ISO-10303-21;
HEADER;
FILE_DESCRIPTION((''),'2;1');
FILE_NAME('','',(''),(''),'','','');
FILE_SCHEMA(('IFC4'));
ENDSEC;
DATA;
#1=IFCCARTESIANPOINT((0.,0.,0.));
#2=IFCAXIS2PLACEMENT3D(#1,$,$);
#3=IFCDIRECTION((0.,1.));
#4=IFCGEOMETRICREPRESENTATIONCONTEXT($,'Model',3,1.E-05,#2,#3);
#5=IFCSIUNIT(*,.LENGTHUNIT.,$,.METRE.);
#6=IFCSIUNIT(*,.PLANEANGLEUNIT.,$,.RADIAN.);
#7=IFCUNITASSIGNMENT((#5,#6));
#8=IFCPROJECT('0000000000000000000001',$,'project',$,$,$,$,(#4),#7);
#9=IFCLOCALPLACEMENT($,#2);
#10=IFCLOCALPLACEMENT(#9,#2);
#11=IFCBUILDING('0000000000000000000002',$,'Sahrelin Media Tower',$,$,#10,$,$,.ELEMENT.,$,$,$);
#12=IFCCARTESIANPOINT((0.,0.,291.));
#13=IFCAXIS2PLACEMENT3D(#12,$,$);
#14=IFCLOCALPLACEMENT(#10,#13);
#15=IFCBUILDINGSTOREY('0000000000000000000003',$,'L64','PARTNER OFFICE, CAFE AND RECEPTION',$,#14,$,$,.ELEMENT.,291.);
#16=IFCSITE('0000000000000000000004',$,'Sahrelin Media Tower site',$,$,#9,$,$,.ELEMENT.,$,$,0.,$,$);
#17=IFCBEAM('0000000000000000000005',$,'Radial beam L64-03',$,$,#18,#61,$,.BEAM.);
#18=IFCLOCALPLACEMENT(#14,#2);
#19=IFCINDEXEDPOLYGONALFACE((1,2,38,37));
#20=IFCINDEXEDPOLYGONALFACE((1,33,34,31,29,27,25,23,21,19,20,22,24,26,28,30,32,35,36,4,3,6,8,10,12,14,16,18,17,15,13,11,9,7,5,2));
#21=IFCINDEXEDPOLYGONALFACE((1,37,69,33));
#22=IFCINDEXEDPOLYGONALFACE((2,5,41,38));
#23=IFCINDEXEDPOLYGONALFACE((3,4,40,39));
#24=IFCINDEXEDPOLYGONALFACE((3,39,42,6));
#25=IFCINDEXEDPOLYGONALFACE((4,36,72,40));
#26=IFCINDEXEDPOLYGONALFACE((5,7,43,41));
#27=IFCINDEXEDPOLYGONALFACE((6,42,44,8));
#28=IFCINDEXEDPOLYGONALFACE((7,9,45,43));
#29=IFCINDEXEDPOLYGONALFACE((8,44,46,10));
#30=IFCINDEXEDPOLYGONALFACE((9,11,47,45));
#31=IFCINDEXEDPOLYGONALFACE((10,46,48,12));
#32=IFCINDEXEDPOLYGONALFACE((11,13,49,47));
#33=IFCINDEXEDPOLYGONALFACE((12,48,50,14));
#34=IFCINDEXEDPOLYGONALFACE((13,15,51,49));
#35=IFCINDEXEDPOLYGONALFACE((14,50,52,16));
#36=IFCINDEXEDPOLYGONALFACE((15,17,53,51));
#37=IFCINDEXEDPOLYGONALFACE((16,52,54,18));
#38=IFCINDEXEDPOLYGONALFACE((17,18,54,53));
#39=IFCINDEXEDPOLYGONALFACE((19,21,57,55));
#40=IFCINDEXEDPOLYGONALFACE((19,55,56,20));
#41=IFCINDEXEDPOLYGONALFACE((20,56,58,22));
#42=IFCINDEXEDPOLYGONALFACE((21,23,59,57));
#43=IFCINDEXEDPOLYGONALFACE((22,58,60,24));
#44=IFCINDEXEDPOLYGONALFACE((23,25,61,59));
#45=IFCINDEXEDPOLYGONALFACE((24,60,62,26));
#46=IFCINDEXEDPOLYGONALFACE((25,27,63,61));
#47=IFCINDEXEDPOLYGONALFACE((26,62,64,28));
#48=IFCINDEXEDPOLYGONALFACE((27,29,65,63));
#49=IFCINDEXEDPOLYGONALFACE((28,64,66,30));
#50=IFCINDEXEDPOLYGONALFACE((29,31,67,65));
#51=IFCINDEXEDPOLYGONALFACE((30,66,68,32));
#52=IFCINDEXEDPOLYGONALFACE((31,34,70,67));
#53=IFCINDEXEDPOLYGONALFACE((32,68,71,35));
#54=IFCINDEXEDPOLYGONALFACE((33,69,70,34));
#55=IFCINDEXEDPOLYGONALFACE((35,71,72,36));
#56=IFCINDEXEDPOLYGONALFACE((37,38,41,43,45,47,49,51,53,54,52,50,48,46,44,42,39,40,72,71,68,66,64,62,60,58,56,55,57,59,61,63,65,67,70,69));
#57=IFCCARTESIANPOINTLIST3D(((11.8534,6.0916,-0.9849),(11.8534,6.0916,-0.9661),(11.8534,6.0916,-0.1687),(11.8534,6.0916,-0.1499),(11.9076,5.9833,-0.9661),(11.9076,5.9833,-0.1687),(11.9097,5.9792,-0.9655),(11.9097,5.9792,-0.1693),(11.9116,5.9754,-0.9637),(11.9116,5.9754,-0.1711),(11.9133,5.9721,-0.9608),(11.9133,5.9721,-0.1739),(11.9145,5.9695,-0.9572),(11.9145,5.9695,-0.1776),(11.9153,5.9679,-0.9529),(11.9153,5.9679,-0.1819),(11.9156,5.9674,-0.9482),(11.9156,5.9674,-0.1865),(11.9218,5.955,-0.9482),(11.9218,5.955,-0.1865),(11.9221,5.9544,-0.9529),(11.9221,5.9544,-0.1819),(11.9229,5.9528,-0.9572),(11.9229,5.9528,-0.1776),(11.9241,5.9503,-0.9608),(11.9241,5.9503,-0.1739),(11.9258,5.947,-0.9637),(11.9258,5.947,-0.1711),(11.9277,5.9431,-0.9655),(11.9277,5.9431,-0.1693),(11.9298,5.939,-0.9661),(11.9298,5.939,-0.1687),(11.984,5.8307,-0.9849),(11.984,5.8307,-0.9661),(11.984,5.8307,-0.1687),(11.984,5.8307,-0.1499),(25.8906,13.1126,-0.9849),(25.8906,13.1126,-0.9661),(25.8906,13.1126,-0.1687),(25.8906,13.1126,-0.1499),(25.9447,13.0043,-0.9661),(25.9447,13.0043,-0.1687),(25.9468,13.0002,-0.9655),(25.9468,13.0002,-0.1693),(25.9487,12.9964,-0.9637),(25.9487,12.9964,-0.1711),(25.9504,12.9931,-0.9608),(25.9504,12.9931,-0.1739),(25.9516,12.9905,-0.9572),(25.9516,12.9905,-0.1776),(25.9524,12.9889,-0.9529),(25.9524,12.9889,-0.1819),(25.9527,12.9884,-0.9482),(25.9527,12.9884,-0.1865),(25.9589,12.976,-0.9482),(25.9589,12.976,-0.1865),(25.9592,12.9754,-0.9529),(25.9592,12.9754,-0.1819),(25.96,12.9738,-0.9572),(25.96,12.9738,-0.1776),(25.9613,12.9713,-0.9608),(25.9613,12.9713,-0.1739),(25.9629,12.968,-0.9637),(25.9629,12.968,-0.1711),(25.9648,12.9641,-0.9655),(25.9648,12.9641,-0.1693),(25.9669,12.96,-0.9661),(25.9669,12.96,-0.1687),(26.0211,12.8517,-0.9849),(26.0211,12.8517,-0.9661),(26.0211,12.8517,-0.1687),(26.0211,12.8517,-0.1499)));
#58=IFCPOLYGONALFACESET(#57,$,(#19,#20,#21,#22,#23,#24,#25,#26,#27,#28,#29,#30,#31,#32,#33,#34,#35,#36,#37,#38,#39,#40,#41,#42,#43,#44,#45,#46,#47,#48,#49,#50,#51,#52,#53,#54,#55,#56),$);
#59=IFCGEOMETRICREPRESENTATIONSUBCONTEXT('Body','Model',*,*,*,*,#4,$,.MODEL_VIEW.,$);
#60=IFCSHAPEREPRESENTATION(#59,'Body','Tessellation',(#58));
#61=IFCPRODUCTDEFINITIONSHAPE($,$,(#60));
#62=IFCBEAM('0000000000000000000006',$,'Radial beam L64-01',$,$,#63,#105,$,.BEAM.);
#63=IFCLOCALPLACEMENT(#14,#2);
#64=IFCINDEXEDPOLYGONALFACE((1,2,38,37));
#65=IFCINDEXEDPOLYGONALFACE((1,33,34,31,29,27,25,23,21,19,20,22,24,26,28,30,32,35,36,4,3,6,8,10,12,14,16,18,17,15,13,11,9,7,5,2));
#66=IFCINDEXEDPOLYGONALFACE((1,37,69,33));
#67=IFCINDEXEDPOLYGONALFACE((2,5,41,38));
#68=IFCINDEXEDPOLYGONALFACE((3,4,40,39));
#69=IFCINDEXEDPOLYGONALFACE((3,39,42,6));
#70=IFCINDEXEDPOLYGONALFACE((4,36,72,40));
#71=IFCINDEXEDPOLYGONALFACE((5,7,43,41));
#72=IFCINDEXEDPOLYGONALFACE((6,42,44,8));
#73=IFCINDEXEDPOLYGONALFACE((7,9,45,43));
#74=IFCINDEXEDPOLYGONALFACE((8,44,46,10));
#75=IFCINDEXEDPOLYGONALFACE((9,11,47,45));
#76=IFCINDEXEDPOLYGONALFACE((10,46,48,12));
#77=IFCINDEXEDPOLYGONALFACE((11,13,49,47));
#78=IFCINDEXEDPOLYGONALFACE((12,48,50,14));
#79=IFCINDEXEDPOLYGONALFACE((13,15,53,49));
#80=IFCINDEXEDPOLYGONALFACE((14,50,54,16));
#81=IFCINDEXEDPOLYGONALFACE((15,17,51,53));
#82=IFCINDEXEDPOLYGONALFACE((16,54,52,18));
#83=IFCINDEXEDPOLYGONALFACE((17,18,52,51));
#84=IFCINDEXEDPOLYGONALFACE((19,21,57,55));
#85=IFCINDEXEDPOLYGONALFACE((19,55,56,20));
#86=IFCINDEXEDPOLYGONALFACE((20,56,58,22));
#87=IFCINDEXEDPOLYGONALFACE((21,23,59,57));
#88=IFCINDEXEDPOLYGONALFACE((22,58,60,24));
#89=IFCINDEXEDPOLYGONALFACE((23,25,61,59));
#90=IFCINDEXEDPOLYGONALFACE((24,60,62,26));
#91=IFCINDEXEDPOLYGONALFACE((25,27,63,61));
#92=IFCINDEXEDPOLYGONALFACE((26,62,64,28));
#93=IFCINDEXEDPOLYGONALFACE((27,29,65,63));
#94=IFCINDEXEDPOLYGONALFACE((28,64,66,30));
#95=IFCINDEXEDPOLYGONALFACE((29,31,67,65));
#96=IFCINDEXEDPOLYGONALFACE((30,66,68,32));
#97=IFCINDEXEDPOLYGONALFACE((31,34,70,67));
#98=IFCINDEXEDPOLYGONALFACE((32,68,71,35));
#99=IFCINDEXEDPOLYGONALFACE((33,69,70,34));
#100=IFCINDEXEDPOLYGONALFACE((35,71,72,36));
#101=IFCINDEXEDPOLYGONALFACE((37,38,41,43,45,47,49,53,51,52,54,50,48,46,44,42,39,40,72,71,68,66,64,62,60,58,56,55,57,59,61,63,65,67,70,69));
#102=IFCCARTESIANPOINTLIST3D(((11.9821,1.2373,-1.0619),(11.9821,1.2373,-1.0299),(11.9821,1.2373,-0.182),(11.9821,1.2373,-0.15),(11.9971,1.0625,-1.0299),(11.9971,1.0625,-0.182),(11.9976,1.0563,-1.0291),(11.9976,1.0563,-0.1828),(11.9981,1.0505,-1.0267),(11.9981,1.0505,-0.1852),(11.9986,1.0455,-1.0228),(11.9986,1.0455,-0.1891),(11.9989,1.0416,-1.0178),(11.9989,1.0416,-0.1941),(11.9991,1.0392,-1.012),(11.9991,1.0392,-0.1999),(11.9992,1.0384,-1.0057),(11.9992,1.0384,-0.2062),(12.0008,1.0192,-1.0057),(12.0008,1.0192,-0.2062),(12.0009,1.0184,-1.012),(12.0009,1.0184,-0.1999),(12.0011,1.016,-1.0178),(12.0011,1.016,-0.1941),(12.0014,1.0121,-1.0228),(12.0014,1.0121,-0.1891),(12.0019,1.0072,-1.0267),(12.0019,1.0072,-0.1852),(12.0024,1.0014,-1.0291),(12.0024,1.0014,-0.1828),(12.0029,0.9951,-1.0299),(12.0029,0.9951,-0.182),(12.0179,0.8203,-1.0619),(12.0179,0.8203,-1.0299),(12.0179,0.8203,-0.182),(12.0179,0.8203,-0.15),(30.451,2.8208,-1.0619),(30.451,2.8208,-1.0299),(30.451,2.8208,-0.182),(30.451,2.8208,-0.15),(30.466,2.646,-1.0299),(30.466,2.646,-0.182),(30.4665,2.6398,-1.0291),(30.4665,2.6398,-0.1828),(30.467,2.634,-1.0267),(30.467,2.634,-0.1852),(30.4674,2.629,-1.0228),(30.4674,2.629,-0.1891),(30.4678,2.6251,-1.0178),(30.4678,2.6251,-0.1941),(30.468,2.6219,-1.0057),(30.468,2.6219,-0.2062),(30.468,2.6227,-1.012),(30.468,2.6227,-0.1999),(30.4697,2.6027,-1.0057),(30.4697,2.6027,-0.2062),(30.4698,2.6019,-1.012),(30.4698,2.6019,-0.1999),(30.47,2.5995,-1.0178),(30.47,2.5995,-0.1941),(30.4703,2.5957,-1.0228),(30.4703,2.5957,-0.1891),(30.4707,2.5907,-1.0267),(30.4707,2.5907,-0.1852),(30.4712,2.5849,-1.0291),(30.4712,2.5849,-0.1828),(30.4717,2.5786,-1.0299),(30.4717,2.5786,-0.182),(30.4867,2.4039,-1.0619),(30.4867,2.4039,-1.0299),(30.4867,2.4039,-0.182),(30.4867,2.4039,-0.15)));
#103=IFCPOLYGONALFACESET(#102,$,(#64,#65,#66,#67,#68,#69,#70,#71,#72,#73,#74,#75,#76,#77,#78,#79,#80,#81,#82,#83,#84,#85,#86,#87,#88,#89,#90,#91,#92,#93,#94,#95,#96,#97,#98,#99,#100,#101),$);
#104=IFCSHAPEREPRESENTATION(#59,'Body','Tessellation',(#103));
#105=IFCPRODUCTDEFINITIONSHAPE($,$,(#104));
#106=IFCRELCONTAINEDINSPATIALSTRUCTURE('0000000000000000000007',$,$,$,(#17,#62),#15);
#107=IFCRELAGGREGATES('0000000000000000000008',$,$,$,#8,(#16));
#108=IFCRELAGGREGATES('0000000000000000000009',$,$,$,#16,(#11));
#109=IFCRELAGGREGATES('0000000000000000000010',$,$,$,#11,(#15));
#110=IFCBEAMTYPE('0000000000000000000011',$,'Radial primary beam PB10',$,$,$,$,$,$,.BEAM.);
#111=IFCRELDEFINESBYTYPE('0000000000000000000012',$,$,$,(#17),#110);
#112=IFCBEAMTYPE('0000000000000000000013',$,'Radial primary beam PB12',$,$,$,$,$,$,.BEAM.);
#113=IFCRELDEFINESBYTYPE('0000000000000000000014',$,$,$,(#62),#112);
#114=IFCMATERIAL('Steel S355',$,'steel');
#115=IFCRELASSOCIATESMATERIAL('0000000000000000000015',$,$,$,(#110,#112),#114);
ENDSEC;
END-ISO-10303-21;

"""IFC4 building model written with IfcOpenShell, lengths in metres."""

from ifc_helpers import new_model, si_unit, direction, frame, origin, origin_2d, place, context, subcontext, project, spatial, i_section, extrude, material, material_profile, profile_set, type_object, element, save


model = new_model("IFC4")

# Units and contexts
model_context = context("Model", 3, precision=1e-05, world=origin(), true_north=direction((0.0, 1.0)))
body_context = subcontext(model_context, "Body", "Model", "MODEL_VIEW")
ifc_project = project(units=[si_unit("LENGTHUNIT", "METRE"), si_unit("PLANEANGLEUNIT", "RADIAN")], contexts=[model_context])

# Site, building, storey
site_placement = place(None, origin())
site = spatial("IfcSite", under=ifc_project, at=site_placement, Name="Sahrelin Media Tower site", CompositionType="ELEMENT", RefElevation=0.0)
building_placement = place(site_placement, origin())
building = spatial("IfcBuilding", under=site, at=building_placement, Name="Sahrelin Media Tower", CompositionType="ELEMENT")
storey_placement = place(building_placement, frame((0.0, 0.0, 291.0)))
storey = spatial("IfcBuildingStorey", under=building, at=storey_placement, Name="L64", Description="PARTNER OFFICE, CAFE AND RECEPTION", CompositionType="ELEMENT", Elevation=291.0)

# Beams
ifc_material_1 = material(Name="Steel S355", Category="steel")
ifc_material_profile_1 = material_profile(ifc_material_1, i_section(OverallWidth=0.2917, OverallDepth=0.835, WebThickness=0.0139, FlangeThickness=0.0188, FilletRadius=0.0178, at=origin_2d()), Name="UB 838x292x176")
ifc_profile_set_1 = profile_set([ifc_material_profile_1], Name="Steel S355")
beam_type_1 = type_object("IfcBeamType", Name="Radial primary beam PB10", PredefinedType="BEAM", material=ifc_profile_set_1)
beam_1_placement = place(storey_placement, frame((11.9187, 5.9612, -0.5674), z_axis=(0.894365, 0.447338, 0.0), x_axis=(-0.447338, 0.894365, 0.0)))
element("IfcBeam", 1, at=beam_1_placement, inside=storey, type_object=beam_type_1, Name="Radial beam L64-03", PredefinedType="BEAM", context=body_context, shape_type="SweptSolid", body=[
    extrude(i_section(OverallWidth=0.2917, OverallDepth=0.835, WebThickness=0.0139, FlangeThickness=0.0188, FilletRadius=0.0178, at=origin_2d()), origin(), (0.0, 0.0, 1.0), 15.6951),
])
ifc_material_profile_2 = material_profile(ifc_material_1, i_section(OverallWidth=0.4185, OverallDepth=0.9119, WebThickness=0.0193, FlangeThickness=0.032, FilletRadius=0.0242, at=origin_2d()), Name="UB 914x419x343")
ifc_profile_set_2 = profile_set([ifc_material_profile_2], Name="Steel S355")
beam_type_2 = type_object("IfcBeamType", Name="Radial primary beam PB12", PredefinedType="BEAM", material=ifc_profile_set_2)
beam_2_placement = place(storey_placement, frame((12.0, 1.0288, -0.606), z_axis=(0.996345, 0.085426, 0.0), x_axis=(-0.085426, 0.996345, 0.0)))
element("IfcBeam", 2, at=beam_2_placement, inside=storey, type_object=beam_type_2, Name="Radial beam L64-01", PredefinedType="BEAM", context=body_context, shape_type="SweptSolid", body=[
    extrude(i_section(OverallWidth=0.4185, OverallDepth=0.9119, WebThickness=0.0193, FlangeThickness=0.032, FilletRadius=0.0242, at=origin_2d()), origin(), (0.0, 0.0, 1.0), 18.5366),
])

save(model, "model.ifc")
